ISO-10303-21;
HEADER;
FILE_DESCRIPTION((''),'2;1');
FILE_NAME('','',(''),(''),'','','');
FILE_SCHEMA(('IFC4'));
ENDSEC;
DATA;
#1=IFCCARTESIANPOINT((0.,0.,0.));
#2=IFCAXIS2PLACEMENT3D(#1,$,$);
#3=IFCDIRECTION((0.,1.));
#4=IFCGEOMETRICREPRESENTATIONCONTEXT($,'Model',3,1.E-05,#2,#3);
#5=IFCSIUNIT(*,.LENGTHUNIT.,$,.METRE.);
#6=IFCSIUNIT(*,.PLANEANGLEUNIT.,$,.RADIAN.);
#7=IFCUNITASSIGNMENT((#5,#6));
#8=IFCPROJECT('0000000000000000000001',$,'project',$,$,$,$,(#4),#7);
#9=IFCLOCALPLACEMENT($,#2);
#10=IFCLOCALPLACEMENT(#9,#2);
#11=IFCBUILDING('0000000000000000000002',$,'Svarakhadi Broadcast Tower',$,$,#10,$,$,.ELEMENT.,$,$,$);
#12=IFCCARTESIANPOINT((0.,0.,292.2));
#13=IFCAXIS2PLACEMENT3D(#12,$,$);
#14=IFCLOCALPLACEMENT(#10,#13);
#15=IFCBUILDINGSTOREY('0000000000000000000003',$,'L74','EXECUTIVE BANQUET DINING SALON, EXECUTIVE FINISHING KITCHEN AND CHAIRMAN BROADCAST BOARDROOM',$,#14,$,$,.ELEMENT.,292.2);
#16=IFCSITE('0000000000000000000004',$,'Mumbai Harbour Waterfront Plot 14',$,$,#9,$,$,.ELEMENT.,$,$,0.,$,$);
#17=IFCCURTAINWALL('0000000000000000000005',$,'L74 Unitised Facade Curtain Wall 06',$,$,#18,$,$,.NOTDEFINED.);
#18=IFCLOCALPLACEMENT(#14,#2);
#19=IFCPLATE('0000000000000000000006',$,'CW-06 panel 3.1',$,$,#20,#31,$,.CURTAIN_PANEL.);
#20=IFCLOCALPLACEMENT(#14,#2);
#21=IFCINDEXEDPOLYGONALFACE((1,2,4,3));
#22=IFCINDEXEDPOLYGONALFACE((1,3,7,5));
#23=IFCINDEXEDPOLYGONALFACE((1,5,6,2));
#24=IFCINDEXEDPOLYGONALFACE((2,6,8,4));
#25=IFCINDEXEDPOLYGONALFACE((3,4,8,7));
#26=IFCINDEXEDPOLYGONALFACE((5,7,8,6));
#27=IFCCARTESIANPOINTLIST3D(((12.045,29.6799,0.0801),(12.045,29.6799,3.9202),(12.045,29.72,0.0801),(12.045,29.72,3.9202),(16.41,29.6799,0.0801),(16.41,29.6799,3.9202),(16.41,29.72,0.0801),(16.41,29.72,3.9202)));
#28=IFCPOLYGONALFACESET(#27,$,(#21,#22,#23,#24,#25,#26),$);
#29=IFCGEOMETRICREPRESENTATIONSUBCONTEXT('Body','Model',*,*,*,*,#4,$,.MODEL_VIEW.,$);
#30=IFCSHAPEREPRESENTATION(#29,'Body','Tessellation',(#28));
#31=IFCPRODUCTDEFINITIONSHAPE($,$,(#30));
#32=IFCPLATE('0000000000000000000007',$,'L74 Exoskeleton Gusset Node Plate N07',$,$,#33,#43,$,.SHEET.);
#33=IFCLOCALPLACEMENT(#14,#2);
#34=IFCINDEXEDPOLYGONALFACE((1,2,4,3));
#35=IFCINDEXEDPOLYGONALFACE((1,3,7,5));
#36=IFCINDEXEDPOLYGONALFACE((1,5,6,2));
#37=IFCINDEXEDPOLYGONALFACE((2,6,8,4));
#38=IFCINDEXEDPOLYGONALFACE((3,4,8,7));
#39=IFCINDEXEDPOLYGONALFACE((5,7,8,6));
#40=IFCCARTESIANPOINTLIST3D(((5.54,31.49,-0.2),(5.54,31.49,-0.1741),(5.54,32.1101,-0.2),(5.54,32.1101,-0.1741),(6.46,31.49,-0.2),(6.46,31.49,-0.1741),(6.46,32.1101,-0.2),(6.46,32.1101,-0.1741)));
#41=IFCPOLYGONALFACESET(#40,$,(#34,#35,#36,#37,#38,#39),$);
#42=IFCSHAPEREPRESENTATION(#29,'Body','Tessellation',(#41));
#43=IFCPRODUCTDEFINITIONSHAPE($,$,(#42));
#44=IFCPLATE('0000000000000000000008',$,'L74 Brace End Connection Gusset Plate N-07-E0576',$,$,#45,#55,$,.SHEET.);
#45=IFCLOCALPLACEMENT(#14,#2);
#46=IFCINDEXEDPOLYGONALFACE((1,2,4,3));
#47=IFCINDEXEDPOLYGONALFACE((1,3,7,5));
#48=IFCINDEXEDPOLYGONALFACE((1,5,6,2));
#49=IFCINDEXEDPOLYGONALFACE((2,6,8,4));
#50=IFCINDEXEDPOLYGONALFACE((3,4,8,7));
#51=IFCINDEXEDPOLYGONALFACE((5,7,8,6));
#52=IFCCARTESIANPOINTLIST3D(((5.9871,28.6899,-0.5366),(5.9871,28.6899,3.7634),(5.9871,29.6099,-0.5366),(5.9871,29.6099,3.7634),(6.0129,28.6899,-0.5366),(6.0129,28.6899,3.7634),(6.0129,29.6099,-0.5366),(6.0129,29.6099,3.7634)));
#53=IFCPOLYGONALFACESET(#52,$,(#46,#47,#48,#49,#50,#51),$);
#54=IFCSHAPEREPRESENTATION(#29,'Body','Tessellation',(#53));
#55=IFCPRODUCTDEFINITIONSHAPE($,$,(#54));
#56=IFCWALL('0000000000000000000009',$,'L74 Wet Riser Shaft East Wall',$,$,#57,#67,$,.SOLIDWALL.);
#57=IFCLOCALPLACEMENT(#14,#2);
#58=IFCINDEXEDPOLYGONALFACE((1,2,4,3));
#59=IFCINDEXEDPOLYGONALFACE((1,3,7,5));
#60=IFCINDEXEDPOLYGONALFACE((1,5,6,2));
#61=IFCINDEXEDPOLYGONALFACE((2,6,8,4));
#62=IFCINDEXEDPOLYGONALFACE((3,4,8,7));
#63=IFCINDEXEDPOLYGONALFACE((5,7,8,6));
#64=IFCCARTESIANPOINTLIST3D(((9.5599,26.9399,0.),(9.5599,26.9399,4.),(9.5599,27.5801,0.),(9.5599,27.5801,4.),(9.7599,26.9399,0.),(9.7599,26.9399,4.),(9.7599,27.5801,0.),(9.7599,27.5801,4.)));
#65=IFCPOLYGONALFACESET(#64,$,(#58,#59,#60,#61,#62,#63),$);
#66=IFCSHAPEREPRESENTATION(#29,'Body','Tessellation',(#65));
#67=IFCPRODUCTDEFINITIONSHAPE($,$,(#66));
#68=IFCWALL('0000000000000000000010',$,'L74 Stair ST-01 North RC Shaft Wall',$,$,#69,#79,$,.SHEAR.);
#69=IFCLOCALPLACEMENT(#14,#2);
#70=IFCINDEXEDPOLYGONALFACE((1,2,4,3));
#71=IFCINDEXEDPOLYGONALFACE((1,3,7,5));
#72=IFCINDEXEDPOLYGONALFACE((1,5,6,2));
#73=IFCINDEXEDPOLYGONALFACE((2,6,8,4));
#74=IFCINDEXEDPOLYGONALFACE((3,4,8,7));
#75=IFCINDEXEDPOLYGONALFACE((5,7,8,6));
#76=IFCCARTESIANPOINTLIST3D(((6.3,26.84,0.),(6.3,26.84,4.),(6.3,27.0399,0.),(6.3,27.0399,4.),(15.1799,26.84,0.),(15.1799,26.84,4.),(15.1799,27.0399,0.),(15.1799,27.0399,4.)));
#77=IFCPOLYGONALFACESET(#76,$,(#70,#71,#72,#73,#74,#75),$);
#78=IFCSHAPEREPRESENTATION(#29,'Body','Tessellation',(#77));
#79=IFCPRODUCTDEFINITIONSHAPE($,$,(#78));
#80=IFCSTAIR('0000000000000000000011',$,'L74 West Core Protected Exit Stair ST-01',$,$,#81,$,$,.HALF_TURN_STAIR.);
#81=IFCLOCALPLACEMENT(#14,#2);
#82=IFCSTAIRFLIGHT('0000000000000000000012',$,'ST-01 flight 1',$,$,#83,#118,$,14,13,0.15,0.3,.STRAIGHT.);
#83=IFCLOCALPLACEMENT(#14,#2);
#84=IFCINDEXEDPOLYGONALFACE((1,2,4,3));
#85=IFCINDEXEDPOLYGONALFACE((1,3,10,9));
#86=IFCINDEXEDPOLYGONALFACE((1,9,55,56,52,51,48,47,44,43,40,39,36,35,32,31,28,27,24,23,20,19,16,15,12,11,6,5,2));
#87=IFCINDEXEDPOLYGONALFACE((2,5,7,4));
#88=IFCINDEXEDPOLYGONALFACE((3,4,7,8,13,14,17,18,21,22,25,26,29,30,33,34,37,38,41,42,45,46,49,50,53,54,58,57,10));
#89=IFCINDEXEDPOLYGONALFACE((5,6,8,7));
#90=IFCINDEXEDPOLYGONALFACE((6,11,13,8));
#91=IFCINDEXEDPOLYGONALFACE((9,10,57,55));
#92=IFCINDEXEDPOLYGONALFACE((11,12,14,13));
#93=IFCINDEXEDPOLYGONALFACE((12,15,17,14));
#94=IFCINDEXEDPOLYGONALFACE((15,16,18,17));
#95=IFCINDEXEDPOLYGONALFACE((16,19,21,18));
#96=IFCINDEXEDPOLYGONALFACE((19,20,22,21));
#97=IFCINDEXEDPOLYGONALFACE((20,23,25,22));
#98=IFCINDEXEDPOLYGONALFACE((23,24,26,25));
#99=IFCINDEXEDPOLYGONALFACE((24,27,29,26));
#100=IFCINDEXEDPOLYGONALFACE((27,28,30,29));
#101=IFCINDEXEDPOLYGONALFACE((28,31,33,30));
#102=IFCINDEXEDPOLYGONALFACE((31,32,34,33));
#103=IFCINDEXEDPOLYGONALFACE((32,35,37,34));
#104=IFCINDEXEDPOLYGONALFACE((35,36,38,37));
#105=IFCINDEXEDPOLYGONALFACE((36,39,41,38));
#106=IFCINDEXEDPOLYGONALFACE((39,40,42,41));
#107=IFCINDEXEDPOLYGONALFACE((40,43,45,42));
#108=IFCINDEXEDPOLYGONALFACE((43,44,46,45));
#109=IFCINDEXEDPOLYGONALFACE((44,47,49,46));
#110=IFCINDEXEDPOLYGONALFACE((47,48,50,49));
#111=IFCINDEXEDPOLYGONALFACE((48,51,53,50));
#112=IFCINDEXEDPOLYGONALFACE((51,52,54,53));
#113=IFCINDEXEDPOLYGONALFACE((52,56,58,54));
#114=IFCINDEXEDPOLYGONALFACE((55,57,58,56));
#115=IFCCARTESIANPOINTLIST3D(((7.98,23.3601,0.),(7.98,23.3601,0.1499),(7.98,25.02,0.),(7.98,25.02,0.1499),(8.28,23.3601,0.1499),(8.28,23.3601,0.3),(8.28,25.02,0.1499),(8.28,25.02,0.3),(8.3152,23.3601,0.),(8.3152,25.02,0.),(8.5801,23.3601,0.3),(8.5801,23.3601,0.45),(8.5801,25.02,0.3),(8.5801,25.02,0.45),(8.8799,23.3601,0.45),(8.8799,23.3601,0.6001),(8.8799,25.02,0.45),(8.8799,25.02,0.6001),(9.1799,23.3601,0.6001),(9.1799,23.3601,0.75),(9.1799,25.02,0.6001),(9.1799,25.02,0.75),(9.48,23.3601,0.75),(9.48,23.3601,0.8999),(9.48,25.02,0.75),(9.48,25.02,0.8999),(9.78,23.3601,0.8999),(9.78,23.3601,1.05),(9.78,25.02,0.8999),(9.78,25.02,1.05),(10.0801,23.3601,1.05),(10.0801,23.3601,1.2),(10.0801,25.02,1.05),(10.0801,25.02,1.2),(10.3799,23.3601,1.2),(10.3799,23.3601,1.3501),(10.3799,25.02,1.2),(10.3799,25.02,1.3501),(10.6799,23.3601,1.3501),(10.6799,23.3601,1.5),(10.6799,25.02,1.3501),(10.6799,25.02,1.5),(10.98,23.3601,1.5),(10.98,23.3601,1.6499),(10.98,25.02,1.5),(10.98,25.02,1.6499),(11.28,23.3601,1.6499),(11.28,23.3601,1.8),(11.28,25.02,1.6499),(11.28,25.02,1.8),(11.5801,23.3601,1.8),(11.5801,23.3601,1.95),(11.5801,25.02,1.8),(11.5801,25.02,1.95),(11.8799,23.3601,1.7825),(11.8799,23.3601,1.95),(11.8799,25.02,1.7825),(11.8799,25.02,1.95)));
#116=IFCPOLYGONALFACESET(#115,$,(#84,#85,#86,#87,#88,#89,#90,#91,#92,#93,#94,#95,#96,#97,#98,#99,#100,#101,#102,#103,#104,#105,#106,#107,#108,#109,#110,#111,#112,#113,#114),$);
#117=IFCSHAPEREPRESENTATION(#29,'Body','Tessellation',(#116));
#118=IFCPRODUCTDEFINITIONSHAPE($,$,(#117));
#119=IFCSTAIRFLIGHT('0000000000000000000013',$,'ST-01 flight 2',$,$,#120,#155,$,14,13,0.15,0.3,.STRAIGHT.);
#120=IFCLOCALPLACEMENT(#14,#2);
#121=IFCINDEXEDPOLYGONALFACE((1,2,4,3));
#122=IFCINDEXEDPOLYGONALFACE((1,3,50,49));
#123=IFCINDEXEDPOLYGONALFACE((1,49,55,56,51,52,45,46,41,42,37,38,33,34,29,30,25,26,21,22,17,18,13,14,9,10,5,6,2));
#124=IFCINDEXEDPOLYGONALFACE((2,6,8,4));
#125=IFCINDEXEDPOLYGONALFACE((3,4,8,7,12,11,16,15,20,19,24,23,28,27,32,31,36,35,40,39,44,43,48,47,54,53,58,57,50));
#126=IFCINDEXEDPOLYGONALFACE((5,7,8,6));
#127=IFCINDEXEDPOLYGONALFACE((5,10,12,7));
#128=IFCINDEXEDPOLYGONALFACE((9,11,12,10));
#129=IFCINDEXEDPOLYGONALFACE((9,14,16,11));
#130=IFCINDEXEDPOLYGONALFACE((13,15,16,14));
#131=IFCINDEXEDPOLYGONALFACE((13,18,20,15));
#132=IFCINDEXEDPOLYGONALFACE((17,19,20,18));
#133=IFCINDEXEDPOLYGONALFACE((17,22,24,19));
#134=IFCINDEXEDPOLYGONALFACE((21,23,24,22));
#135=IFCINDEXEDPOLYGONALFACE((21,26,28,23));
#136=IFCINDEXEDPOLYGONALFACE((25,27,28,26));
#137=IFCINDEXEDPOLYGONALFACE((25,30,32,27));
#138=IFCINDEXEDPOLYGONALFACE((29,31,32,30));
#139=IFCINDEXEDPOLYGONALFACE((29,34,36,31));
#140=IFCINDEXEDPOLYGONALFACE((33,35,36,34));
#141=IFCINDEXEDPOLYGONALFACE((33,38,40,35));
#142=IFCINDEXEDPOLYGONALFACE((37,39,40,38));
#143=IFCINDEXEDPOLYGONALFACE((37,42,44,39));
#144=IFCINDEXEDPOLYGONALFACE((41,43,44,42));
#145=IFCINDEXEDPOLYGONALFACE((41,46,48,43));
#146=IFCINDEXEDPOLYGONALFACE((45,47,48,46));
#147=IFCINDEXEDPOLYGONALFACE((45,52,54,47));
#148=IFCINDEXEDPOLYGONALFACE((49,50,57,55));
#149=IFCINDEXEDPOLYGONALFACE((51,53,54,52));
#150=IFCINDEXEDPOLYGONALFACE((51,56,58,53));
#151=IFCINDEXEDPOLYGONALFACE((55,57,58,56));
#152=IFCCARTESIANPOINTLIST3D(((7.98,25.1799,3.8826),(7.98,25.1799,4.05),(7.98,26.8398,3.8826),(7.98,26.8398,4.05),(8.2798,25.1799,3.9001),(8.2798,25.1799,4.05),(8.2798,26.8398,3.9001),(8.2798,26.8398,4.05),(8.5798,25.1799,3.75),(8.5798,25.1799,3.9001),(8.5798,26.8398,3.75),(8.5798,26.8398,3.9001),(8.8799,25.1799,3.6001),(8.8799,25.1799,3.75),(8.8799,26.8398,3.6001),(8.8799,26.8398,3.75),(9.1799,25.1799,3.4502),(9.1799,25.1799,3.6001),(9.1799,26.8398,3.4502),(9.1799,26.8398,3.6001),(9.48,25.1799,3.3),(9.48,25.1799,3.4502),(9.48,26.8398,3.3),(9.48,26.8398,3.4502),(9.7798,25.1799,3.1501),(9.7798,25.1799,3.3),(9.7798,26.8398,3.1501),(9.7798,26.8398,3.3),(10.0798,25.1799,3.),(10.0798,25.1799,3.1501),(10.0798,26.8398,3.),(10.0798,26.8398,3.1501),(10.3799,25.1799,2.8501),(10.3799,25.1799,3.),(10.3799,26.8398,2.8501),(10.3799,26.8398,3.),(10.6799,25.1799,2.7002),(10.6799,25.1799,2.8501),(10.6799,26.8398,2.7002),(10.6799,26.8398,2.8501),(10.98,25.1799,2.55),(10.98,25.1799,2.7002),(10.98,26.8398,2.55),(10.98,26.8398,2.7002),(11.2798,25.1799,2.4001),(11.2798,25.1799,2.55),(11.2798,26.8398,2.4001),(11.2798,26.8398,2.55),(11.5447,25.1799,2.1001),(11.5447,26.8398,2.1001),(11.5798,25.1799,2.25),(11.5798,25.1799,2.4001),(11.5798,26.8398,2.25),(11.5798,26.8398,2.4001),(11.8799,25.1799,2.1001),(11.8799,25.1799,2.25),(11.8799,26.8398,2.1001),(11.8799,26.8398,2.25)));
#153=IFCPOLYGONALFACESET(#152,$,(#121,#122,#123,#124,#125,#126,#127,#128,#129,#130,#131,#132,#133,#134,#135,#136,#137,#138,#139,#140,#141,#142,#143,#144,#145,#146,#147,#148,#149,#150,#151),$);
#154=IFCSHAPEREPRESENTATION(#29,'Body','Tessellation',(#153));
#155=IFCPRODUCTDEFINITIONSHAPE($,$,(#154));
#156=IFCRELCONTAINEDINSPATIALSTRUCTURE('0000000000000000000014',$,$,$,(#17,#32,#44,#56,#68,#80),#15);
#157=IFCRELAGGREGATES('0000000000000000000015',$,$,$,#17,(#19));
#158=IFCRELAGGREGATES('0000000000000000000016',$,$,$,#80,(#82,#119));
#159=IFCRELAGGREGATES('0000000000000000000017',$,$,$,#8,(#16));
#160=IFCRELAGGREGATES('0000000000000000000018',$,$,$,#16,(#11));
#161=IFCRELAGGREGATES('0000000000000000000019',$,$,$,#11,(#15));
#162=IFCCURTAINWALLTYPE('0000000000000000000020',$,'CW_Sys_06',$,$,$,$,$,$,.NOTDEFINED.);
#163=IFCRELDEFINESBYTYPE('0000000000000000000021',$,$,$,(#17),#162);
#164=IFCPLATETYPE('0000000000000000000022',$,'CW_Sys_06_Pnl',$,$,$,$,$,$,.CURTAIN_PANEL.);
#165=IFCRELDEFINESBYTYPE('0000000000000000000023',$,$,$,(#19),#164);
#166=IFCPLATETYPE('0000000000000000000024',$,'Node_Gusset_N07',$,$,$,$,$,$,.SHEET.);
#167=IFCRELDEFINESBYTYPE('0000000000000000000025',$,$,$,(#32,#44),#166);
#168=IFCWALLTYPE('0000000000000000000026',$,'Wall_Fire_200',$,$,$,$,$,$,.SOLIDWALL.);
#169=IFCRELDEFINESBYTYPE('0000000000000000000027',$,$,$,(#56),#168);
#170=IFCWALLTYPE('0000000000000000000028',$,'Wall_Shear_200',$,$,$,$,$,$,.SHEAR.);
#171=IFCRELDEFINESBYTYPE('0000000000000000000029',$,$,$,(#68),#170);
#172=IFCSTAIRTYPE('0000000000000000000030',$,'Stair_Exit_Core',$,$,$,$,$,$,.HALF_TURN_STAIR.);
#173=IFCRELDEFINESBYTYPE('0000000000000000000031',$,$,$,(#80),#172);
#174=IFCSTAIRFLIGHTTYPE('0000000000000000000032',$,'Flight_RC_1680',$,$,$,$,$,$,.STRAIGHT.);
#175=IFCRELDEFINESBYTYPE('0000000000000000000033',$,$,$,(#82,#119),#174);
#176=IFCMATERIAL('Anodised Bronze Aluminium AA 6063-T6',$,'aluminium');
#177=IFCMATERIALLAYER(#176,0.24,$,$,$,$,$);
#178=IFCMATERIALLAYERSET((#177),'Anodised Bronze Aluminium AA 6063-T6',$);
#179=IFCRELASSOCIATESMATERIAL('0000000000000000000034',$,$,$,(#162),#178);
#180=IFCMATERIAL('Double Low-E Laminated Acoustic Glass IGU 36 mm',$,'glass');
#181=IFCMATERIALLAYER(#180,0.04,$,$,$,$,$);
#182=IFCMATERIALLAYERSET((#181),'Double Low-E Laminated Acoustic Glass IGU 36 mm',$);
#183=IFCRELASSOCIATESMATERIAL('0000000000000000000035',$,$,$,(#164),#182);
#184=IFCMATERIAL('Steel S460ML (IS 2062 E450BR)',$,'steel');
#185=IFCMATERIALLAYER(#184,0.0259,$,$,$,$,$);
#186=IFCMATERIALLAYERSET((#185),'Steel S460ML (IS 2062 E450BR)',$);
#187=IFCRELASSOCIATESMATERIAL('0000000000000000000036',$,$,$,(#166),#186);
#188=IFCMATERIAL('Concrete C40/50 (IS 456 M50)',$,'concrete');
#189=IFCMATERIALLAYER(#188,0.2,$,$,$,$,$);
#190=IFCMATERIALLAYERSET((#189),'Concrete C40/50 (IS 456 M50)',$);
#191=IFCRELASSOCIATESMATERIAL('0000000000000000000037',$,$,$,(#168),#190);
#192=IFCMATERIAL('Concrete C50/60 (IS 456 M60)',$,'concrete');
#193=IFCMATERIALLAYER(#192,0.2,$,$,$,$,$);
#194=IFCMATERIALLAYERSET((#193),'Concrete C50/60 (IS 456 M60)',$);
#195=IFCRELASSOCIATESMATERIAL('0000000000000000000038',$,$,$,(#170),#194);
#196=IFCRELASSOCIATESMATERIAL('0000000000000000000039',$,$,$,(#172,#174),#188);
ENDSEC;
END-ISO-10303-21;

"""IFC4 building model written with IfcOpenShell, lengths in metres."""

from ifc_helpers import new_model, si_unit, direction, frame, frame_2d, origin, origin_2d, place, context, subcontext, project, spatial, polyline, rectangle, outline, extrude, material, layer, layer_set, type_object, element, aggregate, save


model = new_model("IFC4")

# Units and contexts
model_context = context("Model", 3, precision=1e-05, world=origin(), true_north=direction((0.0, 1.0)))
body_context = subcontext(model_context, "Body", "Model", "MODEL_VIEW")
ifc_project = project(units=[si_unit("LENGTHUNIT", "METRE"), si_unit("PLANEANGLEUNIT", "RADIAN")], contexts=[model_context])

# Site, building, storey
site_placement = place(None, origin())
site = spatial("IfcSite", under=ifc_project, at=site_placement, Name="Mumbai Harbour Waterfront Plot 14", CompositionType="ELEMENT", RefElevation=0.0)
building_placement = place(site_placement, origin())
building = spatial("IfcBuilding", under=site, at=building_placement, Name="Svarakhadi Broadcast Tower", CompositionType="ELEMENT")
storey_placement = place(building_placement, frame((0.0, 0.0, 292.2)))
storey = spatial("IfcBuildingStorey", under=building, at=storey_placement, Name="L74", Description="EXECUTIVE BANQUET DINING SALON, EXECUTIVE FINISHING KITCHEN AND CHAIRMAN BROADCAST BOARDROOM", CompositionType="ELEMENT", Elevation=292.2)

# Shared definitions
ifc_material_1 = material(Name="Steel S460ML (IS 2062 E450BR)", Category="steel")

# Curtain wall
ifc_material_2 = material(Name="Anodised Bronze Aluminium AA 6063-T6", Category="aluminium")
ifc_layer_1 = layer(ifc_material_2, 0.24)
ifc_layer_set_1 = layer_set([ifc_layer_1], Name="Anodised Bronze Aluminium AA 6063-T6")
curtain_wall_type = type_object("IfcCurtainWallType", Name="CW_Sys_06", PredefinedType="NOTDEFINED", material=ifc_layer_set_1)
curtain_wall_placement = place(storey_placement, origin())
curtain_wall = element("IfcCurtainWall", 1, at=curtain_wall_placement, inside=storey, type_object=curtain_wall_type, Name="L74 Unitised Facade Curtain Wall 06", PredefinedType="NOTDEFINED")

# Plate
ifc_material_3 = material(Name="Double Low-E Laminated Acoustic Glass IGU 36 mm", Category="glass")
ifc_layer_2 = layer(ifc_material_3, 0.04)
ifc_layer_set_2 = layer_set([ifc_layer_2], Name="Double Low-E Laminated Acoustic Glass IGU 36 mm")
plate_type_1 = type_object("IfcPlateType", Name="CW_Sys_06_Pnl", PredefinedType="CURTAIN_PANEL", material=ifc_layer_set_2)
plate_1_placement = place(storey_placement, frame((14.2275, 29.7, 0.0801), z_axis=(0.0, 0.0, 1.0), x_axis=(1.0, 0.0, 0.0)))
plate_1 = element("IfcPlate", 2, at=plate_1_placement, type_object=plate_type_1, Name="CW-06 panel 3.1", PredefinedType="CURTAIN_PANEL", context=body_context, shape_type="SweptSolid", body=[
    extrude(rectangle(XDim=4.365, YDim=0.04, at=origin_2d()), origin(), (0.0, 0.0, 1.0), 3.8401),
])
aggregate(curtain_wall, [plate_1])

# Plates
ifc_layer_3 = layer(ifc_material_1, 0.0259)
ifc_layer_set_3 = layer_set([ifc_layer_3], Name="Steel S460ML (IS 2062 E450BR)")
plate_type_2 = type_object("IfcPlateType", Name="Node_Gusset_N07", PredefinedType="SHEET", material=ifc_layer_set_3)
plate_2_placement = place(storey_placement, frame((6.0, 31.8, -0.2), z_axis=(0.0, 0.0, 1.0), x_axis=(1.0, 0.0, 0.0)))
element("IfcPlate", 3, at=plate_2_placement, inside=storey, type_object=plate_type_2, Name="L74 Exoskeleton Gusset Node Plate N07", PredefinedType="SHEET", context=body_context, shape_type="SweptSolid", body=[
    extrude(rectangle(XDim=0.9199, YDim=0.6201, at=origin_2d()), origin(), (0.0, 0.0, 1.0), 0.0259),
])
plate_3_placement = place(storey_placement, frame((6.0, 29.1499, -0.5366), z_axis=(0.0, 0.0, 1.0), x_axis=(0.0, 1.0, 0.0)))
element("IfcPlate", 4, at=plate_3_placement, inside=storey, type_object=plate_type_2, Name="L74 Brace End Connection Gusset Plate N-07-E0576", PredefinedType="SHEET", context=body_context, shape_type="SweptSolid", body=[
    extrude(rectangle(XDim=0.9199, YDim=0.0259, at=origin_2d()), origin(), (0.0, 0.0, 1.0), 4.3),
])

# Walls
ifc_material_4 = material(Name="Concrete C40/50 (IS 456 M50)", Category="concrete")
ifc_layer_4 = layer(ifc_material_4, 0.2)
ifc_layer_set_4 = layer_set([ifc_layer_4], Name="Concrete C40/50 (IS 456 M50)")
wall_type_1 = type_object("IfcWallType", Name="Wall_Fire_200", PredefinedType="SOLIDWALL", material=ifc_layer_set_4)
wall_1_placement = place(storey_placement, frame((9.6599, 26.9399, 0.0), z_axis=(0.0, 0.0, 1.0), x_axis=(0.0, 1.0, 0.0)))
element("IfcWall", 5, at=wall_1_placement, inside=storey, type_object=wall_type_1, Name="L74 Wet Riser Shaft East Wall", PredefinedType="SOLIDWALL", context=body_context, shape_type="SweptSolid", body=[
    extrude(rectangle(XDim=0.6401, YDim=0.2, at=frame_2d((0.3201, 0.0))), origin(), (0.0, 0.0, 1.0), 4.0),
])
ifc_material_5 = material(Name="Concrete C50/60 (IS 456 M60)", Category="concrete")
ifc_layer_5 = layer(ifc_material_5, 0.2)
ifc_layer_set_5 = layer_set([ifc_layer_5], Name="Concrete C50/60 (IS 456 M60)")
wall_type_2 = type_object("IfcWallType", Name="Wall_Shear_200", PredefinedType="SHEAR", material=ifc_layer_set_5)
wall_2_placement = place(storey_placement, frame((6.3, 26.9399, 0.0), z_axis=(0.0, 0.0, 1.0), x_axis=(1.0, 0.0, 0.0)))
element("IfcWall", 6, at=wall_2_placement, inside=storey, type_object=wall_type_2, Name="L74 Stair ST-01 North RC Shaft Wall", PredefinedType="SHEAR", context=body_context, shape_type="SweptSolid", body=[
    extrude(rectangle(XDim=8.8799, YDim=0.2, at=frame_2d((4.4399, 0.0))), origin(), (0.0, 0.0, 1.0), 4.0),
])

# Stair, stair flights
stair_type = type_object("IfcStairType", Name="Stair_Exit_Core", PredefinedType="HALF_TURN_STAIR", material=ifc_material_4)
stair_placement = place(storey_placement, origin())
stair = element("IfcStair", 7, at=stair_placement, inside=storey, type_object=stair_type, Name="L74 West Core Protected Exit Stair ST-01", PredefinedType="HALF_TURN_STAIR")
stair_flight_type = type_object("IfcStairFlightType", Name="Flight_RC_1680", PredefinedType="STRAIGHT", material=ifc_material_4)
stair_flight_1_placement = place(storey_placement, frame((7.98, 24.1899, 0.0), z_axis=(0.0, 0.0, 1.0), x_axis=(1.0, 0.0, 0.0)))
stair_flight_1 = element("IfcStairFlight", 8, at=stair_flight_1_placement, type_object=stair_flight_type, Name="ST-01 flight 1", NumberOfRisers=14, NumberOfTreads=13, PredefinedType="STRAIGHT", RiserHeight=0.15, TreadLength=0.3, context=body_context, shape_type="SweptSolid", body=[
    extrude(outline(polyline([(0.0, 0.0), (0.0, 0.1499), (0.3, 0.1499), (0.3, 0.3), (0.6001, 0.3), (0.6001, 0.45), (0.8999, 0.45), (0.8999, 0.6001), (1.2, 0.6001), (1.2, 0.75), (1.5, 0.75), (1.5, 0.8999), (1.8, 0.8999), (1.8, 1.05), (2.1001, 1.05), (2.1001, 1.2), (2.3999, 1.2), (2.3999, 1.3501), (2.7, 1.3501), (2.7, 1.5), (3.0, 1.5), (3.0, 1.6499), (3.3, 1.6499), (3.3, 1.8), (3.6001, 1.8), (3.6001, 1.95), (3.8999, 1.95), (3.8999, 2.1001), (3.8999, 1.7825), (0.3352, 0.0), (0.0, 0.0)])), frame((0.0, 0.8301, 0.0), z_axis=(0.0, -1.0, 0.0), x_axis=(1.0, 0.0, 0.0)), (0.0, 0.0, 1.0), 1.6599),
])
stair_flight_2_placement = place(storey_placement, frame((11.8799, 26.01, 2.1001), z_axis=(0.0, 0.0, 1.0), x_axis=(-1.0, 0.0, 0.0)))
stair_flight_2 = element("IfcStairFlight", 9, at=stair_flight_2_placement, type_object=stair_flight_type, Name="ST-01 flight 2", NumberOfRisers=14, NumberOfTreads=13, PredefinedType="STRAIGHT", RiserHeight=0.15, TreadLength=0.3, context=body_context, shape_type="SweptSolid", body=[
    extrude(outline(polyline([(0.0, 0.0), (0.0, 0.1499), (0.3, 0.1499), (0.3, 0.3), (0.6001, 0.3), (0.6001, 0.45), (0.8999, 0.45), (0.8999, 0.6001), (1.2, 0.6001), (1.2, 0.75), (1.5, 0.75), (1.5, 0.8999), (1.8, 0.8999), (1.8, 1.05), (2.1001, 1.05), (2.1001, 1.2), (2.3999, 1.2), (2.3999, 1.3501), (2.7, 1.3501), (2.7, 1.5), (3.0, 1.5), (3.0, 1.6499), (3.3, 1.6499), (3.3, 1.8), (3.6001, 1.8), (3.6001, 1.95), (3.8999, 1.95), (3.8999, 2.1001), (3.8999, 1.7825), (0.3352, 0.0), (0.0, 0.0)])), frame((0.0, 0.8301, 0.0), z_axis=(0.0, -1.0, 0.0), x_axis=(1.0, 0.0, 0.0)), (0.0, 0.0, 1.0), 1.6599),
])
aggregate(stair, [stair_flight_1, stair_flight_2])

save(model, "model.ifc")
